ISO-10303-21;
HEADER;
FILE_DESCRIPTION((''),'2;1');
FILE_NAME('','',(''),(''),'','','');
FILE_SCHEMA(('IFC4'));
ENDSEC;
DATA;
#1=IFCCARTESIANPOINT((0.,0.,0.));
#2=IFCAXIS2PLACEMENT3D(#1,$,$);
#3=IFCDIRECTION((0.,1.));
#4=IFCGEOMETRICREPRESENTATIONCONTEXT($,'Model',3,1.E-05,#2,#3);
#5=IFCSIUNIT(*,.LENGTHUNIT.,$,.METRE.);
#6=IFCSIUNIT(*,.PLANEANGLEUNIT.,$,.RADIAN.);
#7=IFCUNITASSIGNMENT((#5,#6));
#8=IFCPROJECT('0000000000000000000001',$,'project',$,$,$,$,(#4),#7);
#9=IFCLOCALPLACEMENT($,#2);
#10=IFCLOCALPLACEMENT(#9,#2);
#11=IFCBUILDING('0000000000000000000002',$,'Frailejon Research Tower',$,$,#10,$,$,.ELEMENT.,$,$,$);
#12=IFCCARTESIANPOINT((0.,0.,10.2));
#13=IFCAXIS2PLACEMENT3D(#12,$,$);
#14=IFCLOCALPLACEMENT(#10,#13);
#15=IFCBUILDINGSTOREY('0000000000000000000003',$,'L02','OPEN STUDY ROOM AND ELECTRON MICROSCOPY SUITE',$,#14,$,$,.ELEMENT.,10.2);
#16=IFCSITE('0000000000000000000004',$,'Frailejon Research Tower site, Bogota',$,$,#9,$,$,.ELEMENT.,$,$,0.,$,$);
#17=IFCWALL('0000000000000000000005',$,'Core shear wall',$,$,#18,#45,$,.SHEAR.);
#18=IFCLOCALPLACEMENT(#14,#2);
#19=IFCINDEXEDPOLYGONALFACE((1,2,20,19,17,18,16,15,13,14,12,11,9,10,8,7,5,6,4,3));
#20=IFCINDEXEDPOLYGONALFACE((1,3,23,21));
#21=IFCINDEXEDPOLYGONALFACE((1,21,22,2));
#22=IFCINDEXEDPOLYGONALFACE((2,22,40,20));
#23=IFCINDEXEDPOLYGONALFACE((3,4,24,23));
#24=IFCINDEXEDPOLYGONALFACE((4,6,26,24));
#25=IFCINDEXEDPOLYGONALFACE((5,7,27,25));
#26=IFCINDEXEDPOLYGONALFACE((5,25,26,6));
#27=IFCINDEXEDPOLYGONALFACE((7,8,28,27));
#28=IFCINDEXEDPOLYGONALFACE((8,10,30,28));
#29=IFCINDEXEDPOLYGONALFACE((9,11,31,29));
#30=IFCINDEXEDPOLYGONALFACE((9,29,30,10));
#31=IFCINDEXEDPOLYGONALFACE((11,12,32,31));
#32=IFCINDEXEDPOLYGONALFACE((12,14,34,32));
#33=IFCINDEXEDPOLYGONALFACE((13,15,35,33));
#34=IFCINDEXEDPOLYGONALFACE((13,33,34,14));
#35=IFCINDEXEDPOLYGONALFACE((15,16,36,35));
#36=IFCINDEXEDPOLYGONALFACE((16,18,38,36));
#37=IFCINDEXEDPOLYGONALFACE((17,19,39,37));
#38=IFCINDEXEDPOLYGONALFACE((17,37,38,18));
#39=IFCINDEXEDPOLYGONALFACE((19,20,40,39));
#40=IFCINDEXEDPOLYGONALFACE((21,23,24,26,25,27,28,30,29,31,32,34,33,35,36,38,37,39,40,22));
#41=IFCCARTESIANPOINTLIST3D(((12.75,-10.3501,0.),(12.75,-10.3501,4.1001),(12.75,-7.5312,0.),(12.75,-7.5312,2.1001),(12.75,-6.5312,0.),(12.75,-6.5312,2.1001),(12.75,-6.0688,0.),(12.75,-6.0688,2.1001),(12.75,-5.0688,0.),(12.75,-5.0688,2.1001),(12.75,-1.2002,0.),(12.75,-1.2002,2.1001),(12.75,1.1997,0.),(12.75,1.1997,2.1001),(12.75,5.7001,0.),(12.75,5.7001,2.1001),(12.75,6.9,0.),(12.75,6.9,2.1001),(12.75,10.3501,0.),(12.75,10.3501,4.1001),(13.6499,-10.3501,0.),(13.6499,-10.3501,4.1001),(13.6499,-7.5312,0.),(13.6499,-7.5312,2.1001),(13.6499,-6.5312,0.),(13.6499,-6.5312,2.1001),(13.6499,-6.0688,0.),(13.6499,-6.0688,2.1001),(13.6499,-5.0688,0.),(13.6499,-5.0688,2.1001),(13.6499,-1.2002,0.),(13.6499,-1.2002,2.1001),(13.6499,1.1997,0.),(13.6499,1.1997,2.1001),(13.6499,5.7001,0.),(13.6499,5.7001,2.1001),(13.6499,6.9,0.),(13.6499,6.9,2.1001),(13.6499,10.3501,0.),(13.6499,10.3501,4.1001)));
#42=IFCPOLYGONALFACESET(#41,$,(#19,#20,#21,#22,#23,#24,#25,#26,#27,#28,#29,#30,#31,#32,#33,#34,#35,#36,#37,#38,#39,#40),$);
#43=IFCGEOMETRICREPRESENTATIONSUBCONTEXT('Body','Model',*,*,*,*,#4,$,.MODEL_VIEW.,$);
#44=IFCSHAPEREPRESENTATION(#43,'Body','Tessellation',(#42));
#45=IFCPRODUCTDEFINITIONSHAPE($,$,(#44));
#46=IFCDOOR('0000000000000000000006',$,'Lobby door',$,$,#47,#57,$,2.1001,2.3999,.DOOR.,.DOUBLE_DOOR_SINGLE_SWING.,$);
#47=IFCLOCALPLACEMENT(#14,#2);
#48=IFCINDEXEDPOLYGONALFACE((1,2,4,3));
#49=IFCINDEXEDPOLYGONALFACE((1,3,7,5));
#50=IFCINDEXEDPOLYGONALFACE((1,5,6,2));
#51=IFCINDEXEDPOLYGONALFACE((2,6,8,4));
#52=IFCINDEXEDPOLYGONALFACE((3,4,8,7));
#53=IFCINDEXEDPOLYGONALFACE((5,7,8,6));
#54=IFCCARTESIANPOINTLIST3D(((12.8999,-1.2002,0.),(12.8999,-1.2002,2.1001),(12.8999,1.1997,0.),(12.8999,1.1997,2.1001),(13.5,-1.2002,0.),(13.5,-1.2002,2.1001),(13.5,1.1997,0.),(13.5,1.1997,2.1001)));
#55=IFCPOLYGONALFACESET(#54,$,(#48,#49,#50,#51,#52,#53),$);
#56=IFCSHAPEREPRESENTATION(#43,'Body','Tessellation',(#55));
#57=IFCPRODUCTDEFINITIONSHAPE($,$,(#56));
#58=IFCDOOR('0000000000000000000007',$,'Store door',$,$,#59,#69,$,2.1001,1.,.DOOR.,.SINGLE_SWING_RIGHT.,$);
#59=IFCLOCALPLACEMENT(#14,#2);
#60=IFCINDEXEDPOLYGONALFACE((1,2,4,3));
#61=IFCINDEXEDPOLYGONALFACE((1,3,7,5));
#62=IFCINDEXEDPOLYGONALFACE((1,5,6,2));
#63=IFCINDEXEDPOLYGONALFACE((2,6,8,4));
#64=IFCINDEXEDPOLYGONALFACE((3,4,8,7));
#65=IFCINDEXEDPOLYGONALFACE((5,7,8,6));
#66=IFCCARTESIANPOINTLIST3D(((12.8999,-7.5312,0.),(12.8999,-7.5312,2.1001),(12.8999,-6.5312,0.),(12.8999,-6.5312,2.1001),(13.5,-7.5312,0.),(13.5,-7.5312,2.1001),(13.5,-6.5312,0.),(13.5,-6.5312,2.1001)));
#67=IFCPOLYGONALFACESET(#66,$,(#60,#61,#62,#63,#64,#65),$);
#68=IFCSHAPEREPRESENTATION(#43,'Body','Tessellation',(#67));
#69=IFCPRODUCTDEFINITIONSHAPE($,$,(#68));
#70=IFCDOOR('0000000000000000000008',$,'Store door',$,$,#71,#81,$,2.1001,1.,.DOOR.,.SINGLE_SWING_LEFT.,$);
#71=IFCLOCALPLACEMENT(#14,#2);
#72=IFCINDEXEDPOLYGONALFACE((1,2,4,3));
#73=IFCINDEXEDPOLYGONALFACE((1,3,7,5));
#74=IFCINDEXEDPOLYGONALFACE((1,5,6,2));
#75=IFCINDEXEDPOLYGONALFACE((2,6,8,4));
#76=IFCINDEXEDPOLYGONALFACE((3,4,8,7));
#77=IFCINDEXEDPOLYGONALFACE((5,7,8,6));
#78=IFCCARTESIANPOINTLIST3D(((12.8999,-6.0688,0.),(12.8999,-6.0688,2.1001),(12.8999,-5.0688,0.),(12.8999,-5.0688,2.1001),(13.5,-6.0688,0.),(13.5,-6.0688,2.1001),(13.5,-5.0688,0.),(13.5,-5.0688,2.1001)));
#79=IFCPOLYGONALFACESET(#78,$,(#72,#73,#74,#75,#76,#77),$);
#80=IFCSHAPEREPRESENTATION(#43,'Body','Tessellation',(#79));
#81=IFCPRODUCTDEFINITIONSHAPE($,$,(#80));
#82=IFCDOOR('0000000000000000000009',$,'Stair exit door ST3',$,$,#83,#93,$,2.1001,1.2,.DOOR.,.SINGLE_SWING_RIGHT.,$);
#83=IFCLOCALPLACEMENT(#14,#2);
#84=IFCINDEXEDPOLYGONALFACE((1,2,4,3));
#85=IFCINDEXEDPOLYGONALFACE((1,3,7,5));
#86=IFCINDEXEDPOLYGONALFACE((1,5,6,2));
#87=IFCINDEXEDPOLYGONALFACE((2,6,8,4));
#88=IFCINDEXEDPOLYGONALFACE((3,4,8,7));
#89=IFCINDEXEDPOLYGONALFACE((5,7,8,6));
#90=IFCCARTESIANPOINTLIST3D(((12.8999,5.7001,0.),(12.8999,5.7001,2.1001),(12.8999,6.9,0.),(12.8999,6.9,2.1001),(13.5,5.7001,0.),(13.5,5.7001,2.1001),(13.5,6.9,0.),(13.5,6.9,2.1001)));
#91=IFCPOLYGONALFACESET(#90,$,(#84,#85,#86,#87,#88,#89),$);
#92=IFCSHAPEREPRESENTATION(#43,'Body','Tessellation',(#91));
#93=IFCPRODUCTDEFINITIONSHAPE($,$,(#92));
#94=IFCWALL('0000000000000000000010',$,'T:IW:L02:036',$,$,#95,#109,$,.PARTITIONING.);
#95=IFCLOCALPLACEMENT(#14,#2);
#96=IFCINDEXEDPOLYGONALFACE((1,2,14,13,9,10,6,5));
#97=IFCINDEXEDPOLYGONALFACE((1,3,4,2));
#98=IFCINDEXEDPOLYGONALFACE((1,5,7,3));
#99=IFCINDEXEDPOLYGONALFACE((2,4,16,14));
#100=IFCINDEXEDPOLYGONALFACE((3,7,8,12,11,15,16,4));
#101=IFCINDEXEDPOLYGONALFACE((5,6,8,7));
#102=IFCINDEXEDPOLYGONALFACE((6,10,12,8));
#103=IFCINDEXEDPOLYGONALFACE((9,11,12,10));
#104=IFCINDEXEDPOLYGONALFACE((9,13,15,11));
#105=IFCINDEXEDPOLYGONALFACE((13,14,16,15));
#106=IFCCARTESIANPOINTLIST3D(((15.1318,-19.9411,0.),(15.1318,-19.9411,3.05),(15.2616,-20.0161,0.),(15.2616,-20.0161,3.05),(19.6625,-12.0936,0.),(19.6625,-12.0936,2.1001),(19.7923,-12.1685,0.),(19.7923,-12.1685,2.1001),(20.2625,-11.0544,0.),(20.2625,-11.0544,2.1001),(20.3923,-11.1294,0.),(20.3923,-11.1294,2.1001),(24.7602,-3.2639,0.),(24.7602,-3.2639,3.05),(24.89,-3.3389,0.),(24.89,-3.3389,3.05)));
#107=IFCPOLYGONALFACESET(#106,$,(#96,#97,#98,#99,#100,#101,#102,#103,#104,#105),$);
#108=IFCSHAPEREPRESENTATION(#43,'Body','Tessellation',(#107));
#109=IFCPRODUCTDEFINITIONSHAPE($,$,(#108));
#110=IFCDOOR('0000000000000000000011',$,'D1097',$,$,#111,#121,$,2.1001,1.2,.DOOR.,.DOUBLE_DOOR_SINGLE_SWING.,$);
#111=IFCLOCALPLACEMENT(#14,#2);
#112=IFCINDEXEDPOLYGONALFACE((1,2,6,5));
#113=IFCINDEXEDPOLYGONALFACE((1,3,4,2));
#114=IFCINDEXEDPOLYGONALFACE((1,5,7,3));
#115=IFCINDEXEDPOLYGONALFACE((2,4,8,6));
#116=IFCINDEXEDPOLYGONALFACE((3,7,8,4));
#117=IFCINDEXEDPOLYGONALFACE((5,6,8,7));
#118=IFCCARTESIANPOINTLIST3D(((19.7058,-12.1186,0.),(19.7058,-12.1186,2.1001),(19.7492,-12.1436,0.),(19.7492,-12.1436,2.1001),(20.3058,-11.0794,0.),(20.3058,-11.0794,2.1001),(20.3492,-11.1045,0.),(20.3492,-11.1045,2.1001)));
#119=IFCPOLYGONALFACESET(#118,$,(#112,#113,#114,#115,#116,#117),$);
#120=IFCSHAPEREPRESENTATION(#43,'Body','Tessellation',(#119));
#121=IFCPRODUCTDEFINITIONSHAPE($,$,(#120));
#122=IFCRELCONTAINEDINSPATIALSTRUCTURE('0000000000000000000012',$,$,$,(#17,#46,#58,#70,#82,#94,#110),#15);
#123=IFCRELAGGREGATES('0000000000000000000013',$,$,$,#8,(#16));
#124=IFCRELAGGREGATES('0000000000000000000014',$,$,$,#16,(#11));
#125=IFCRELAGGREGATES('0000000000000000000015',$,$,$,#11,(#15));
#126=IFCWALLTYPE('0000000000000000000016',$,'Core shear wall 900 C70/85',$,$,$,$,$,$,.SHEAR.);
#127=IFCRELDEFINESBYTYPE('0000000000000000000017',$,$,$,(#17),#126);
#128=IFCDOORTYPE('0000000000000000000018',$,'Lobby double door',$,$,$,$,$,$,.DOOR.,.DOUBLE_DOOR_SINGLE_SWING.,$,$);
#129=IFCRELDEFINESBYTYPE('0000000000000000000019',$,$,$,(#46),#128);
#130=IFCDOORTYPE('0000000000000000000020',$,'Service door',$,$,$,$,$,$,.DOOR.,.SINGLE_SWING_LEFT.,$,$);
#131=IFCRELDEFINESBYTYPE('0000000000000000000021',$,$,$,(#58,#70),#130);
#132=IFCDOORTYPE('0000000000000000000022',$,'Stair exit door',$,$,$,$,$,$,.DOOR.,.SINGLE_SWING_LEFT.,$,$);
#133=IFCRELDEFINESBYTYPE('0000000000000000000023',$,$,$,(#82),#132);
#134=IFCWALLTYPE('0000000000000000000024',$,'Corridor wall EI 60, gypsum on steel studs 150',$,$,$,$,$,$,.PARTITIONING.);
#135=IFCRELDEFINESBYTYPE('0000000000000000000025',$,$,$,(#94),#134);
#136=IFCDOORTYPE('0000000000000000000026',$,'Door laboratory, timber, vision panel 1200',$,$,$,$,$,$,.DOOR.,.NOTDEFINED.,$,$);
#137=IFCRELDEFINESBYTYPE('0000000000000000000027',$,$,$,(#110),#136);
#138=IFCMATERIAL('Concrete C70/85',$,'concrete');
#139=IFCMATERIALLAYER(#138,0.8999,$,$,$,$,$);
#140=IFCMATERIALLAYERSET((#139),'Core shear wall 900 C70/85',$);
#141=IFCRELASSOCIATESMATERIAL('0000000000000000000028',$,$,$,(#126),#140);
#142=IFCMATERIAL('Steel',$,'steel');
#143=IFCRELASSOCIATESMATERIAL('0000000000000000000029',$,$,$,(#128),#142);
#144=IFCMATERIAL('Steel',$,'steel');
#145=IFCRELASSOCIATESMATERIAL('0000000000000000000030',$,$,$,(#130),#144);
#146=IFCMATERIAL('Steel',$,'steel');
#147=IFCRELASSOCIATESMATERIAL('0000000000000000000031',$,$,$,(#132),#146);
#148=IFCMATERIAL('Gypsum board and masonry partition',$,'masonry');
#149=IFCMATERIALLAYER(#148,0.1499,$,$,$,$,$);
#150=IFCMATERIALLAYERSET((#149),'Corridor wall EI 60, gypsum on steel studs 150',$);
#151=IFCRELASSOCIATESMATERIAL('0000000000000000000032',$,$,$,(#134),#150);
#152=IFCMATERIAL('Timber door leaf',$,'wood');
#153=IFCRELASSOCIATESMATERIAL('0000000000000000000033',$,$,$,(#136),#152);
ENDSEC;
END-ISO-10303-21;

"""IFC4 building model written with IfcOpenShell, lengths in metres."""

from ifc_helpers import new_model, si_unit, direction, frame, frame_2d, origin, place, context, subcontext, project, spatial, rectangle, extrude, material, layer, layer_set, type_object, element, fill, save


model = new_model("IFC4")

# Units and contexts
model_context = context("Model", 3, precision=1e-05, world=origin(), true_north=direction((0.0, 1.0)))
body_context = subcontext(model_context, "Body", "Model", "MODEL_VIEW")
ifc_project = project(units=[si_unit("LENGTHUNIT", "METRE"), si_unit("PLANEANGLEUNIT", "RADIAN")], contexts=[model_context])

# Site, building, storey
site_placement = place(None, origin())
site = spatial("IfcSite", under=ifc_project, at=site_placement, Name="Frailejon Research Tower site, Bogota", CompositionType="ELEMENT", RefElevation=0.0)
building_placement = place(site_placement, origin())
building = spatial("IfcBuilding", under=site, at=building_placement, Name="Frailejon Research Tower", CompositionType="ELEMENT")
storey_placement = place(building_placement, frame((0.0, 0.0, 10.2)))
storey = spatial("IfcBuildingStorey", under=building, at=storey_placement, Name="L02", Description="OPEN STUDY ROOM AND ELECTRON MICROSCOPY SUITE", CompositionType="ELEMENT", Elevation=10.2)

# Wall, openings, doors
ifc_material_1 = material(Name="Concrete C70/85", Category="concrete")
ifc_layer_1 = layer(ifc_material_1, 0.8999)
ifc_layer_set_1 = layer_set([ifc_layer_1], Name="Core shear wall 900 C70/85")
wall_type_1 = type_object("IfcWallType", Name="Core shear wall 900 C70/85", PredefinedType="SHEAR", material=ifc_layer_set_1)
wall_1_placement = place(storey_placement, frame((13.2, -10.3501, 0.0), z_axis=(0.0, 0.0, 1.0), x_axis=(0.0, 1.0, 0.0)))
wall_1 = element("IfcWall", 1, at=wall_1_placement, inside=storey, type_object=wall_type_1, Name="Core shear wall", PredefinedType="SHEAR", context=body_context, shape_type="SweptSolid", body=[
    extrude(rectangle(XDim=20.7002, YDim=0.8999, at=frame_2d((10.3501, 0.0))), origin(), (0.0, 0.0, 1.0), 4.1001),
])
opening_1_placement = place(wall_1_placement, frame((9.1499, 0.0, 0.0)))
opening_1 = element("IfcOpeningElement", 2, at=opening_1_placement, cuts=wall_1, PredefinedType="OPENING", context=body_context, shape_type="SweptSolid", body=[
    extrude(rectangle(XDim=2.3999, YDim=2.1001, at=frame_2d((1.2, 1.05))), frame((0.0, 0.46, 0.0), z_axis=(0.0, -1.0, 0.0), x_axis=(1.0, 0.0, 0.0)), (0.0, 0.0, 1.0), 0.9199),
])
opening_2_placement = place(wall_1_placement, frame((16.05, 0.0, 0.0)))
opening_2 = element("IfcOpeningElement", 3, at=opening_2_placement, cuts=wall_1, PredefinedType="OPENING", context=body_context, shape_type="SweptSolid", body=[
    extrude(rectangle(XDim=1.2, YDim=2.1001, at=frame_2d((0.6001, 1.05))), frame((0.0, 0.46, 0.0), z_axis=(0.0, -1.0, 0.0), x_axis=(1.0, 0.0, 0.0)), (0.0, 0.0, 1.0), 0.9199),
])
opening_3_placement = place(wall_1_placement, frame((2.8188, 0.0, 0.0)))
opening_3 = element("IfcOpeningElement", 4, at=opening_3_placement, cuts=wall_1, PredefinedType="OPENING", context=body_context, shape_type="SweptSolid", body=[
    extrude(rectangle(XDim=1.0, YDim=2.1001, at=frame_2d((0.5, 1.05))), frame((0.0, 0.46, 0.0), z_axis=(0.0, -1.0, 0.0), x_axis=(1.0, 0.0, 0.0)), (0.0, 0.0, 1.0), 0.9199),
])
opening_4_placement = place(wall_1_placement, frame((4.2812, 0.0, 0.0)))
opening_4 = element("IfcOpeningElement", 5, at=opening_4_placement, cuts=wall_1, PredefinedType="OPENING", context=body_context, shape_type="SweptSolid", body=[
    extrude(rectangle(XDim=1.0, YDim=2.1001, at=frame_2d((0.5, 1.05))), frame((0.0, 0.46, 0.0), z_axis=(0.0, -1.0, 0.0), x_axis=(1.0, 0.0, 0.0)), (0.0, 0.0, 1.0), 0.9199),
])
ifc_material_2 = material(Name="Steel", Category="steel")
door_type_1 = type_object("IfcDoorType", Name="Lobby double door", OperationType="DOUBLE_DOOR_SINGLE_SWING", PredefinedType="DOOR", material=ifc_material_2)
door_1_placement = place(opening_1_placement, origin())
door_1 = element("IfcDoor", 6, at=door_1_placement, inside=storey, type_object=door_type_1, Name="Lobby door", OperationType="DOUBLE_DOOR_SINGLE_SWING", OverallHeight=2.1001, OverallWidth=2.3999, PredefinedType="DOOR", context=body_context, shape_type="SweptSolid", body=[
    extrude(rectangle(XDim=2.3999, YDim=2.1001, at=frame_2d((1.2, 1.05))), frame((0.0, 0.3, 0.0), z_axis=(0.0, -1.0, 0.0), x_axis=(1.0, 0.0, 0.0)), (0.0, 0.0, 1.0), 0.6001),
])
fill(opening_1, door_1)
ifc_material_3 = material(Name="Steel", Category="steel")
door_type_2 = type_object("IfcDoorType", Name="Service door", OperationType="SINGLE_SWING_LEFT", PredefinedType="DOOR", material=ifc_material_3)
door_2_placement = place(opening_3_placement, origin())
door_2 = element("IfcDoor", 7, at=door_2_placement, inside=storey, type_object=door_type_2, Name="Store door", OperationType="SINGLE_SWING_RIGHT", OverallHeight=2.1001, OverallWidth=1.0, PredefinedType="DOOR", context=body_context, shape_type="SweptSolid", body=[
    extrude(rectangle(XDim=1.0, YDim=2.1001, at=frame_2d((0.5, 1.05))), frame((0.0, 0.3, 0.0), z_axis=(0.0, -1.0, 0.0), x_axis=(1.0, 0.0, 0.0)), (0.0, 0.0, 1.0), 0.6001),
])
fill(opening_3, door_2)
door_3_placement = place(opening_4_placement, origin())
door_3 = element("IfcDoor", 8, at=door_3_placement, inside=storey, type_object=door_type_2, Name="Store door", OperationType="SINGLE_SWING_LEFT", OverallHeight=2.1001, OverallWidth=1.0, PredefinedType="DOOR", context=body_context, shape_type="SweptSolid", body=[
    extrude(rectangle(XDim=1.0, YDim=2.1001, at=frame_2d((0.5, 1.05))), frame((0.0, 0.3, 0.0), z_axis=(0.0, -1.0, 0.0), x_axis=(1.0, 0.0, 0.0)), (0.0, 0.0, 1.0), 0.6001),
])
fill(opening_4, door_3)
ifc_material_4 = material(Name="Steel", Category="steel")
door_type_3 = type_object("IfcDoorType", Name="Stair exit door", OperationType="SINGLE_SWING_LEFT", PredefinedType="DOOR", material=ifc_material_4)
door_4_placement = place(opening_2_placement, origin())
door_4 = element("IfcDoor", 9, at=door_4_placement, inside=storey, type_object=door_type_3, Name="Stair exit door ST3", OperationType="SINGLE_SWING_RIGHT", OverallHeight=2.1001, OverallWidth=1.2, PredefinedType="DOOR", context=body_context, shape_type="SweptSolid", body=[
    extrude(rectangle(XDim=1.2, YDim=2.1001, at=frame_2d((0.6001, 1.05))), frame((0.0, 0.3, 0.0), z_axis=(0.0, -1.0, 0.0), x_axis=(1.0, 0.0, 0.0)), (0.0, 0.0, 1.0), 0.6001),
])
fill(opening_2, door_4)

# Wall, opening, door
ifc_material_5 = material(Name="Gypsum board and masonry partition", Category="masonry")
ifc_layer_2 = layer(ifc_material_5, 0.1499)
ifc_layer_set_2 = layer_set([ifc_layer_2], Name="Corridor wall EI 60, gypsum on steel studs 150")
wall_type_2 = type_object("IfcWallType", Name="Corridor wall EI 60, gypsum on steel studs 150", PredefinedType="PARTITIONING", material=ifc_layer_set_2)
wall_2_placement = place(storey_placement, frame((15.1968, -19.9785, 0.0), z_axis=(0.0, 0.0, 1.0), x_axis=(0.499992, 0.86603, 0.0)))
wall_2 = element("IfcWall", 10, at=wall_2_placement, inside=storey, type_object=wall_type_2, Name="T:IW:L02:036", PredefinedType="PARTITIONING", context=body_context, shape_type="SweptSolid", body=[
    extrude(rectangle(XDim=19.2571, YDim=0.1499, at=frame_2d((9.6284, 0.0))), origin(), (0.0, 0.0, 1.0), 3.05),
])
opening_5_placement = place(wall_2_placement, frame((9.0613, 0.0, 0.0)))
opening_5 = element("IfcOpeningElement", 11, at=opening_5_placement, cuts=wall_2, PredefinedType="OPENING", context=body_context, shape_type="SweptSolid", body=[
    extrude(rectangle(XDim=1.2, YDim=2.1001, at=frame_2d((0.6001, 1.05))), frame((0.0, 0.085, 0.0), z_axis=(0.0, -1.0, 0.0), x_axis=(1.0, 0.0, 0.0)), (0.0, 0.0, 1.0), 0.1699),
])
ifc_material_6 = material(Name="Timber door leaf", Category="wood")
door_type_4 = type_object("IfcDoorType", Name="Door laboratory, timber, vision panel 1200", OperationType="NOTDEFINED", PredefinedType="DOOR", material=ifc_material_6)
door_5_placement = place(opening_5_placement, origin())
door_5 = element("IfcDoor", 12, at=door_5_placement, inside=storey, type_object=door_type_4, Name="D1097", OperationType="DOUBLE_DOOR_SINGLE_SWING", OverallHeight=2.1001, OverallWidth=1.2, PredefinedType="DOOR", context=body_context, shape_type="SweptSolid", body=[
    extrude(rectangle(XDim=1.2, YDim=2.1001, at=frame_2d((0.6001, 1.05))), frame((0.0, 0.0249, 0.0), z_axis=(0.0, -1.0, 0.0), x_axis=(1.0, 0.0, 0.0)), (0.0, 0.0, 1.0), 0.05),
])
fill(opening_5, door_5)

save(model, "model.ifc")
